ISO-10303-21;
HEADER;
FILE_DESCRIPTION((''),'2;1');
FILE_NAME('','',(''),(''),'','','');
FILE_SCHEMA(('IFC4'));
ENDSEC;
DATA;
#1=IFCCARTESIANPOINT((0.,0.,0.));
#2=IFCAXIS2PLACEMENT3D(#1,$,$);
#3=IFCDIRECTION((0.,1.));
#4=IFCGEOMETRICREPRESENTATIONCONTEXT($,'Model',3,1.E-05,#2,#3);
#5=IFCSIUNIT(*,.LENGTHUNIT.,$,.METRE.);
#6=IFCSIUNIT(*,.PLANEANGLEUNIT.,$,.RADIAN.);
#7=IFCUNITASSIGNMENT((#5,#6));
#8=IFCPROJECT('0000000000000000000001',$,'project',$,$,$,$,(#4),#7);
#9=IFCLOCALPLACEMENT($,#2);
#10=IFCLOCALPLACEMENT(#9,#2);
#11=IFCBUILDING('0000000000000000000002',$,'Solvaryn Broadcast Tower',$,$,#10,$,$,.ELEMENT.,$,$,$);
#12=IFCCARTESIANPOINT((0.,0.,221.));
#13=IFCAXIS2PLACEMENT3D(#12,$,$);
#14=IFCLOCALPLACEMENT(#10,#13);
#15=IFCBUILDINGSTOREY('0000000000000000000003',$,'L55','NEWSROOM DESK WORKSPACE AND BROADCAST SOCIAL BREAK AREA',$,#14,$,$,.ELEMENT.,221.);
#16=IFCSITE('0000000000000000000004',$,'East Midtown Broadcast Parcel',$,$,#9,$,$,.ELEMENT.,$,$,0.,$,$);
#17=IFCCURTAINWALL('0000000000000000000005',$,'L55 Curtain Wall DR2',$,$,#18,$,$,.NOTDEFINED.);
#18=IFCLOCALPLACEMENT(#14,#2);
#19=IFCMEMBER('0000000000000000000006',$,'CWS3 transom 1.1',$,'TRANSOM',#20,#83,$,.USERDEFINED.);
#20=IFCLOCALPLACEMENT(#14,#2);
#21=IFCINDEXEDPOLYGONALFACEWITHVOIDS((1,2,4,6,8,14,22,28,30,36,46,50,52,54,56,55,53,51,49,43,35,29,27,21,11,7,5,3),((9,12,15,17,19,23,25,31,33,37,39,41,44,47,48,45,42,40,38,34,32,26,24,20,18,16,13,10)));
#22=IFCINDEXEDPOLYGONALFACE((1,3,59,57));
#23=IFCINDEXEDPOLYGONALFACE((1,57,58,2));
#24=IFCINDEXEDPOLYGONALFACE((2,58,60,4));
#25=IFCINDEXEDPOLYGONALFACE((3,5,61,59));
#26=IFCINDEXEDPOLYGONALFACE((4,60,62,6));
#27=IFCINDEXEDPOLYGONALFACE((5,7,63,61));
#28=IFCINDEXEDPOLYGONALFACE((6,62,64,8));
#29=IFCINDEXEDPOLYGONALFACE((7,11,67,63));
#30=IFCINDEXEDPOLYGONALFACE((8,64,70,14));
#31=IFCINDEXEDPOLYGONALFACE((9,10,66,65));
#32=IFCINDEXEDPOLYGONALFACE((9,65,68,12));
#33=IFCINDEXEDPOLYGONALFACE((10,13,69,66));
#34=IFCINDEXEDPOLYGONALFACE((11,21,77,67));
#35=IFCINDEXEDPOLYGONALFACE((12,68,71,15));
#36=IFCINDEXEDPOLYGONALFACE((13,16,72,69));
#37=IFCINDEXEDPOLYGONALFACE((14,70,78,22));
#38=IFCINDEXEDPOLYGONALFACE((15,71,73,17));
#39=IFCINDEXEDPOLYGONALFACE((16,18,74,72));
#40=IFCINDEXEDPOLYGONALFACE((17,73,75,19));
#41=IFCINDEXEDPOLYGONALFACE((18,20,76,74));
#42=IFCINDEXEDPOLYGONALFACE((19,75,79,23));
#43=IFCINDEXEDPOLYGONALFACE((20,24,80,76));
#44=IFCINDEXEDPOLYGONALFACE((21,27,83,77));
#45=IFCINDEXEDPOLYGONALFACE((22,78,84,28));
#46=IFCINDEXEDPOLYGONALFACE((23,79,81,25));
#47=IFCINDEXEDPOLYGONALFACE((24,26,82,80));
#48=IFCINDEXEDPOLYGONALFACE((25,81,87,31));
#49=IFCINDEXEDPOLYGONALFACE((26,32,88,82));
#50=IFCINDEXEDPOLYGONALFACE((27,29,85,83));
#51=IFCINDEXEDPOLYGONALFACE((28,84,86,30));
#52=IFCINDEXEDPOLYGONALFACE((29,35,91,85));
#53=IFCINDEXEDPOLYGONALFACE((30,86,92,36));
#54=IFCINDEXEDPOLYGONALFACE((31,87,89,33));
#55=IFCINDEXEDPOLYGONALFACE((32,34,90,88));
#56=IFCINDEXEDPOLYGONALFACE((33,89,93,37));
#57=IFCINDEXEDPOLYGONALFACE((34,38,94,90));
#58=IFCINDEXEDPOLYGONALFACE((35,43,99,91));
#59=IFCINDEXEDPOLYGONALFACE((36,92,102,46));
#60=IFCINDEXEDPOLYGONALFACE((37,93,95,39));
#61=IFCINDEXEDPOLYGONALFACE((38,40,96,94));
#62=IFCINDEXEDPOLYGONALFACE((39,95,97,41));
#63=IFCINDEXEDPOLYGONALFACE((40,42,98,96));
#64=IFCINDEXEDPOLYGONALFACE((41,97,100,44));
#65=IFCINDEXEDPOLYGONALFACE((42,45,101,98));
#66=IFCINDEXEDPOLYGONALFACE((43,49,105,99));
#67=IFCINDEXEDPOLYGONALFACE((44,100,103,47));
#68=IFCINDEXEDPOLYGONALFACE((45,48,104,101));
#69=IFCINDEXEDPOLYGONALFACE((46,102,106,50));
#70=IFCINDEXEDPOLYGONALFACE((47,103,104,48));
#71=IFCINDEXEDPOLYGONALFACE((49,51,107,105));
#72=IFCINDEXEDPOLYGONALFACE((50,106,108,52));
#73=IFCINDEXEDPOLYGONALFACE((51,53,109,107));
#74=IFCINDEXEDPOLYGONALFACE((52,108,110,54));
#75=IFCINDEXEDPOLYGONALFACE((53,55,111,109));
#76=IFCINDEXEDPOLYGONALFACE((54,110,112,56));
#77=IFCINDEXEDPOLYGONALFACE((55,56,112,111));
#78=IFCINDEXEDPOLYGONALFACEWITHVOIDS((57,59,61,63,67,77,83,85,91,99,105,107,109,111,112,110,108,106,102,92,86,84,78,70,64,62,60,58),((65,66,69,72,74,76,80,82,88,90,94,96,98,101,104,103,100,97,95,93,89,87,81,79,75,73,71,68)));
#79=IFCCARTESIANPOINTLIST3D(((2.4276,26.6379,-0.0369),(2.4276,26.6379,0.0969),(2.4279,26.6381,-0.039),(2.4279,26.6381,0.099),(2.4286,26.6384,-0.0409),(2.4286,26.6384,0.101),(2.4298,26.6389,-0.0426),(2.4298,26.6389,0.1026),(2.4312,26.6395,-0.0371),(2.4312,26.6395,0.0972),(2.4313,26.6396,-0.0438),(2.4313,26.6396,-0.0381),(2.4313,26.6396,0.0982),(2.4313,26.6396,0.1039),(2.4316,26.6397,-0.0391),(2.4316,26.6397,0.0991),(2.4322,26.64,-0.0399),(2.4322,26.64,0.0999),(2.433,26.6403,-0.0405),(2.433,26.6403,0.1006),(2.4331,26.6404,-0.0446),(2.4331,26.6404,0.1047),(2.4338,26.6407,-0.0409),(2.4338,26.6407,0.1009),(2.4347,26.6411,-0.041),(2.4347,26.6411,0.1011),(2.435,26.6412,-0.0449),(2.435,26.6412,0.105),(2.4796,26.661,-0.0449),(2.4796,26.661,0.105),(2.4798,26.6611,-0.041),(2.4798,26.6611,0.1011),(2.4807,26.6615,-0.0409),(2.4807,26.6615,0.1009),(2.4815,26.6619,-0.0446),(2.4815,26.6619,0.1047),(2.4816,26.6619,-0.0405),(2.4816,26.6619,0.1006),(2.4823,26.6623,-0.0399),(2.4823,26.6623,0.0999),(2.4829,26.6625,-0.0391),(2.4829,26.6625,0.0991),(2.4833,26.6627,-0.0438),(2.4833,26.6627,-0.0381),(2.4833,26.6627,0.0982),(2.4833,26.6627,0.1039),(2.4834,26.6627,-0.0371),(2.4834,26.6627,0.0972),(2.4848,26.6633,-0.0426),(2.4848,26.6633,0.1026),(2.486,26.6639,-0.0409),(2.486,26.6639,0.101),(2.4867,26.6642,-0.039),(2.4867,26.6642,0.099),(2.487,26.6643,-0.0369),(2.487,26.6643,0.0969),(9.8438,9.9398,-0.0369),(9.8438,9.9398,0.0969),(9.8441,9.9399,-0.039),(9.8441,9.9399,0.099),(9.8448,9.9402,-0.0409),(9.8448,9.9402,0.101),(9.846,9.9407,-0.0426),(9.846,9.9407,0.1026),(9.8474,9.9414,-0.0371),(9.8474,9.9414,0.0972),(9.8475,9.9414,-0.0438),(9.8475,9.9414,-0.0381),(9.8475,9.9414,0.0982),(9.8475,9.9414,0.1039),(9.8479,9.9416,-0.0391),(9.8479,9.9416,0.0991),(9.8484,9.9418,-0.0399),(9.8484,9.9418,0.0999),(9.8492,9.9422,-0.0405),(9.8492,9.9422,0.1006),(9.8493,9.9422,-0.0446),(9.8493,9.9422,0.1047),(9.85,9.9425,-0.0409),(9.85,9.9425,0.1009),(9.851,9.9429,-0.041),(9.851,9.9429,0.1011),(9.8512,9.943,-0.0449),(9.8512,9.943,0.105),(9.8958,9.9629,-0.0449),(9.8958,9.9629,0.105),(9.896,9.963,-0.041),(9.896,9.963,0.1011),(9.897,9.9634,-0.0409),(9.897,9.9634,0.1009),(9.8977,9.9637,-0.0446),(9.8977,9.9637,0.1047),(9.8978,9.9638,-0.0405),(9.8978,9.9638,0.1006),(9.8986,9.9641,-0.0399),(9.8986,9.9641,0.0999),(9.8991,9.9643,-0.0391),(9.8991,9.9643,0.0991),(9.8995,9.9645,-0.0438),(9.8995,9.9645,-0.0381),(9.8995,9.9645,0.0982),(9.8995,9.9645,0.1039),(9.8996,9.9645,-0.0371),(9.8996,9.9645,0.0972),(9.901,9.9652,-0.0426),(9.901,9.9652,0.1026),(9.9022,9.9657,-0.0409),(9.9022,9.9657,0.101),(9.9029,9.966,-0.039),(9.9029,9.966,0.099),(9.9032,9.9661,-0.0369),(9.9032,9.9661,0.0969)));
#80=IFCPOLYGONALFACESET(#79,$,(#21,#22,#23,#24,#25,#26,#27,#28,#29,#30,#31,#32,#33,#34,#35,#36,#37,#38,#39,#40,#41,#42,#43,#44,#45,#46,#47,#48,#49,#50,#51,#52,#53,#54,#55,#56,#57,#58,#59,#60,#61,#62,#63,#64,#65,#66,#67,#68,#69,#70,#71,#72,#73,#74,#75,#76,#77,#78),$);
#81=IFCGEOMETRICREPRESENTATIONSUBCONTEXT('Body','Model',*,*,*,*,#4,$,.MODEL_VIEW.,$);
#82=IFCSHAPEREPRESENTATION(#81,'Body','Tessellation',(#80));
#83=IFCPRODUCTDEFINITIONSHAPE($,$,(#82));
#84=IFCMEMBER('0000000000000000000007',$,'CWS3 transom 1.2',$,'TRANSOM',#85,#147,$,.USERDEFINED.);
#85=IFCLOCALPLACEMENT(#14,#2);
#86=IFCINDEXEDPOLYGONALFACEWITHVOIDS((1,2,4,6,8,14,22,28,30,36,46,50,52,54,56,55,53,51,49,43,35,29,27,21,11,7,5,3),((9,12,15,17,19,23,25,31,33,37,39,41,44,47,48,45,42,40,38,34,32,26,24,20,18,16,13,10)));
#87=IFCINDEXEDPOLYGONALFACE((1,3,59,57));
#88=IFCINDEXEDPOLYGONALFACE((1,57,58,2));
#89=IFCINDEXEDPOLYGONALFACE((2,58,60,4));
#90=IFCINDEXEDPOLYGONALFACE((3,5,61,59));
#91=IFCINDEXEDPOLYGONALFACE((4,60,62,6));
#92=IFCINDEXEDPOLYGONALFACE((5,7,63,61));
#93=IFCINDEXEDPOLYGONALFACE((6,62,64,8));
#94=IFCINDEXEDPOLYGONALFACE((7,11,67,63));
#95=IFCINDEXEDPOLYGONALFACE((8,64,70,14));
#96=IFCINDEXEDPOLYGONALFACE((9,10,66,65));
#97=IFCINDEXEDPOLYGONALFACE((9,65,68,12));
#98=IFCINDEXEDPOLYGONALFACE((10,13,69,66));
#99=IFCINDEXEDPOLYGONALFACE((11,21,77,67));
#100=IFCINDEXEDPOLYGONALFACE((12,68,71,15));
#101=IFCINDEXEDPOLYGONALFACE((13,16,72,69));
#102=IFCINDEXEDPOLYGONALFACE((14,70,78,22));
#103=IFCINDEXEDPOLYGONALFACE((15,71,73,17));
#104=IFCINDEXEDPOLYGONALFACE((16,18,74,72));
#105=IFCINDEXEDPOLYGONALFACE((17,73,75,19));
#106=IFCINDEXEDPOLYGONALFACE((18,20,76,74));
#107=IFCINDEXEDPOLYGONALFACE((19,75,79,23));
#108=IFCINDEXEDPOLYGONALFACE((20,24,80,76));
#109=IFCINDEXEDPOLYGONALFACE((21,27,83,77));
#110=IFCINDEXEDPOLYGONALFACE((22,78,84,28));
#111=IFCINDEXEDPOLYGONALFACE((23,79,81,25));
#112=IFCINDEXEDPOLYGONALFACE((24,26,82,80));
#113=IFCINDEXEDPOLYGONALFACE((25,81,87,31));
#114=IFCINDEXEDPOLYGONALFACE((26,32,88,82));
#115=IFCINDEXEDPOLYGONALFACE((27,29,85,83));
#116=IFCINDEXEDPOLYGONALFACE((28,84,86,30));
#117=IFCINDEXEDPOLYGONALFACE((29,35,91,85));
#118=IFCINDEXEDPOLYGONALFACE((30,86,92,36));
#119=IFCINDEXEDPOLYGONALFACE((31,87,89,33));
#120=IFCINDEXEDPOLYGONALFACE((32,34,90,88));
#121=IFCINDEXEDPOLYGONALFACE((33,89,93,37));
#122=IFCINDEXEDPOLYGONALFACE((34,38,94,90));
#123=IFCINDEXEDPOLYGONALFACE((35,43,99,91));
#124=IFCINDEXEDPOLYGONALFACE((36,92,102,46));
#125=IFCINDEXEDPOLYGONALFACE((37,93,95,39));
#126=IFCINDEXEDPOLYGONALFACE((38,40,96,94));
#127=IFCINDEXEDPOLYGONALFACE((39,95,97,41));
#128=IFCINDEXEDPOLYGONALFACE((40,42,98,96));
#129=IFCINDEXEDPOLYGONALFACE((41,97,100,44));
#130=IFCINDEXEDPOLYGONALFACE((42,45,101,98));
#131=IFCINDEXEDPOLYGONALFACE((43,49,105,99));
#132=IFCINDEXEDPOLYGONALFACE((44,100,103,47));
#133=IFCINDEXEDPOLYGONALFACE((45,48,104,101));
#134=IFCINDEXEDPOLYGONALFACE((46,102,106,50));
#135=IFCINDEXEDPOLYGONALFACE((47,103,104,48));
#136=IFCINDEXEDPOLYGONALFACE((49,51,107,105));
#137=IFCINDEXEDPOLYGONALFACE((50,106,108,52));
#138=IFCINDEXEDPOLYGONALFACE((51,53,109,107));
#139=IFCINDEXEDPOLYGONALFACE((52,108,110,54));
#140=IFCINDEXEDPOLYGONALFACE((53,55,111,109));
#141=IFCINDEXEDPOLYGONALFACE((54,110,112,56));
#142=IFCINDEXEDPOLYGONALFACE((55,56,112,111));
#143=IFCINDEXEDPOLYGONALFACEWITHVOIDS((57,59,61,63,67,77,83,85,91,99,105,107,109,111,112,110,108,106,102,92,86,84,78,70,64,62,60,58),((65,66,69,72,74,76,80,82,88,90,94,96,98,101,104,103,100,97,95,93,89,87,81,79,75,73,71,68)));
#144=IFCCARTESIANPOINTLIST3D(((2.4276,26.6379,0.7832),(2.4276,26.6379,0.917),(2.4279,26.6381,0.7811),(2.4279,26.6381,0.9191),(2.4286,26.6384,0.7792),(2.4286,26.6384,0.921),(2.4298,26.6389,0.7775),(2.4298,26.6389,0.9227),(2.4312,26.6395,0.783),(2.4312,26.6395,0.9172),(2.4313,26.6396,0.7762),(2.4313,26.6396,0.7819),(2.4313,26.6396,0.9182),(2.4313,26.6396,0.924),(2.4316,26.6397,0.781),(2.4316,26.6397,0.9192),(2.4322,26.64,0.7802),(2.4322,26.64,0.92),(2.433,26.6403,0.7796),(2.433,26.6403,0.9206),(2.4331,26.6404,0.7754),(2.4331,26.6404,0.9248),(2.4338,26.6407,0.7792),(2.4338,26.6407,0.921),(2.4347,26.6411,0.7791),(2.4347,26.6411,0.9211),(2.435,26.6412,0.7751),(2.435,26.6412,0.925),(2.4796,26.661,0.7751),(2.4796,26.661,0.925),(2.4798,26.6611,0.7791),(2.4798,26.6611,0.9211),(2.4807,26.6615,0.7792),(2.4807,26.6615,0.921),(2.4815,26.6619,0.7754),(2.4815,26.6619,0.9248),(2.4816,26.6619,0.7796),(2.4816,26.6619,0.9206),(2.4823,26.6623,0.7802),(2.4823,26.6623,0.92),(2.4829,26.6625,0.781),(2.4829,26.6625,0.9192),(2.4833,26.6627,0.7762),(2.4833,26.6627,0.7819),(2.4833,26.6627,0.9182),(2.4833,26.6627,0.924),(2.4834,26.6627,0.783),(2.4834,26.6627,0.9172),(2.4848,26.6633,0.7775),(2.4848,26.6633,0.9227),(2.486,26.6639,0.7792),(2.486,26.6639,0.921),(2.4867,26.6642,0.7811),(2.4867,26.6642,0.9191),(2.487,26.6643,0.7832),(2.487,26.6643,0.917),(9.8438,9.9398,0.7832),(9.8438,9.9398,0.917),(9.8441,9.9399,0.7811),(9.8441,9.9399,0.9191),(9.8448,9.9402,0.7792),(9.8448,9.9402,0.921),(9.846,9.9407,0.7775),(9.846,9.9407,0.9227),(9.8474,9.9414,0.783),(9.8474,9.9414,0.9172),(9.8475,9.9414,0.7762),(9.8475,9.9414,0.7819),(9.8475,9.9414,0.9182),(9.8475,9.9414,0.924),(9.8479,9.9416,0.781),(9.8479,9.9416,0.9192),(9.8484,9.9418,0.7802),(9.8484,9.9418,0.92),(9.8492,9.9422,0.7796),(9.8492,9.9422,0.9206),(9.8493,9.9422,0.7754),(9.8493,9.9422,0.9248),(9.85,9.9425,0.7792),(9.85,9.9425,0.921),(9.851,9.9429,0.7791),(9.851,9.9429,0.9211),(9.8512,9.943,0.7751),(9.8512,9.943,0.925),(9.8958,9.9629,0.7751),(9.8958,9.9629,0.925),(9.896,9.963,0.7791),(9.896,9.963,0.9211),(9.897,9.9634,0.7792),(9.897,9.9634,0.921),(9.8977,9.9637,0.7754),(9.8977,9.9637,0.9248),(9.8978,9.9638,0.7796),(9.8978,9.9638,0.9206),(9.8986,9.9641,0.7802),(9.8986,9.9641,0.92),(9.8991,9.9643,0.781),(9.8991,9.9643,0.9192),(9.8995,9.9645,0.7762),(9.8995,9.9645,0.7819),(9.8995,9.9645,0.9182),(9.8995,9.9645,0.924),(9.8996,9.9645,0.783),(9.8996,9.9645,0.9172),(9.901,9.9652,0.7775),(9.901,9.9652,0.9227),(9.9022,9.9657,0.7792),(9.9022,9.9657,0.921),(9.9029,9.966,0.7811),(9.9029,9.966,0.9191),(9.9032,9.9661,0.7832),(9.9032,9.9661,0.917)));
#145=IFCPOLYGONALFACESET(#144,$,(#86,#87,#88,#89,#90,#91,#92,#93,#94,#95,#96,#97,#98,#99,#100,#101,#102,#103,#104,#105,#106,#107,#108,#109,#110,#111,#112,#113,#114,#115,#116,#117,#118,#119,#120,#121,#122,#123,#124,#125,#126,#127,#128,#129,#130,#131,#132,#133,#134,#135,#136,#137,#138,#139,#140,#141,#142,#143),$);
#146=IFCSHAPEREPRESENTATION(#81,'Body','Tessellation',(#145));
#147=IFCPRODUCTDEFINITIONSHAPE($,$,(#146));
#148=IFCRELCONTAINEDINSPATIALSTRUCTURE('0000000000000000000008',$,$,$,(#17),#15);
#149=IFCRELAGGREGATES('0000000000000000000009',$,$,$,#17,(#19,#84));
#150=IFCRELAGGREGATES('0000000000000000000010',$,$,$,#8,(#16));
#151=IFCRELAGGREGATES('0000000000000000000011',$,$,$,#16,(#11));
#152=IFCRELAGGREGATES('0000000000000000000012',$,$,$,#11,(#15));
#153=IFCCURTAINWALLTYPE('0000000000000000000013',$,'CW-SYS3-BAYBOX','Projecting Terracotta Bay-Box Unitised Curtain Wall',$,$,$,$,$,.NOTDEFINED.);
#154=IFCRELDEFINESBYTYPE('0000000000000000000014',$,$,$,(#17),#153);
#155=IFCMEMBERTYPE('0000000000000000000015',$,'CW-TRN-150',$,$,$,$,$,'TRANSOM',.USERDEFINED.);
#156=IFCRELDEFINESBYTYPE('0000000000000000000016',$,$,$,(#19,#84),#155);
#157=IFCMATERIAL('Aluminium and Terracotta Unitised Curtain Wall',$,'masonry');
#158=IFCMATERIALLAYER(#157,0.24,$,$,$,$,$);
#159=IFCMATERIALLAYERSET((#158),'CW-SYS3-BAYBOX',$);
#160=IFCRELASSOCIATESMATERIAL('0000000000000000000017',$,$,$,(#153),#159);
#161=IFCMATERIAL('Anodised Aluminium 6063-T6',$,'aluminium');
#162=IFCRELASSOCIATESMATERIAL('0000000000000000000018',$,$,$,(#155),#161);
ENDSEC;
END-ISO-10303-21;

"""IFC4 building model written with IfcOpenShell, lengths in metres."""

from ifc_helpers import new_model, si_unit, direction, frame, origin, origin_2d, place, context, subcontext, project, spatial, hollow_rectangle, extrude, material, layer, layer_set, material_profile, profile_set, type_object, element, aggregate, save


model = new_model("IFC4")

# Units and contexts
model_context = context("Model", 3, precision=1e-05, world=origin(), true_north=direction((0.0, 1.0)))
body_context = subcontext(model_context, "Body", "Model", "MODEL_VIEW")
ifc_project = project(units=[si_unit("LENGTHUNIT", "METRE"), si_unit("PLANEANGLEUNIT", "RADIAN")], contexts=[model_context])

# Site, building, storey
site_placement = place(None, origin())
site = spatial("IfcSite", under=ifc_project, at=site_placement, Name="East Midtown Broadcast Parcel", CompositionType="ELEMENT", RefElevation=0.0)
building_placement = place(site_placement, origin())
building = spatial("IfcBuilding", under=site, at=building_placement, Name="Solvaryn Broadcast Tower", CompositionType="ELEMENT")
storey_placement = place(building_placement, frame((0.0, 0.0, 221.0)))
storey = spatial("IfcBuildingStorey", under=building, at=storey_placement, Name="L55", Description="NEWSROOM DESK WORKSPACE AND BROADCAST SOCIAL BREAK AREA", CompositionType="ELEMENT", Elevation=221.0)

# Curtain wall, members
ifc_material_1 = material(Name="Aluminium and Terracotta Unitised Curtain Wall", Category="masonry")
ifc_layer_1 = layer(ifc_material_1, 0.24)
ifc_layer_set_1 = layer_set([ifc_layer_1], Name="CW-SYS3-BAYBOX")
curtain_wall_type_1 = type_object("IfcCurtainWallType", Name="CW-SYS3-BAYBOX", Description="Projecting Terracotta Bay-Box Unitised Curtain Wall", PredefinedType="NOTDEFINED", material=ifc_layer_set_1)
curtain_wall_1_placement = place(storey_placement, origin())
curtain_wall_1 = element("IfcCurtainWall", 1, at=curtain_wall_1_placement, inside=storey, type_object=curtain_wall_type_1, Name="L55 Curtain Wall DR2", PredefinedType="NOTDEFINED")
ifc_material_2 = material(Name="Anodised Aluminium 6063-T6", Category="aluminium")
ifc_material_profile_1 = material_profile(ifc_material_2, hollow_rectangle(XDim=0.0649, YDim=0.1499, WallThickness=0.0039, InnerFilletRadius=0.0039, OuterFilletRadius=0.0081, at=origin_2d()))
ifc_profile_set_1 = profile_set([ifc_material_profile_1], Name="Anodised Aluminium 6063-T6")
member_type_1 = type_object("IfcMemberType", Name="CW-TRN-150", ElementType="TRANSOM", PredefinedType="USERDEFINED", material=ifc_profile_set_1)
member_1_placement = place(storey_placement, frame((2.4573, 26.6511, 0.03), z_axis=(0.405902, -0.913917, 0.0), x_axis=(0.913917, 0.405902, 0.0)))
member_1 = element("IfcMember", 2, at=member_1_placement, type_object=member_type_1, Name="CWS3 transom 1.1", ObjectType="TRANSOM", PredefinedType="USERDEFINED", context=body_context, shape_type="SweptSolid", body=[
    extrude(hollow_rectangle(XDim=0.0649, YDim=0.1499, WallThickness=0.0039, InnerFilletRadius=0.0039, OuterFilletRadius=0.0081, at=origin_2d()), origin(), (0.0, 0.0, 1.0), 18.271),
])
member_2_placement = place(storey_placement, frame((2.4573, 26.6511, 0.8501), z_axis=(0.405902, -0.913917, 0.0), x_axis=(0.913917, 0.405902, 0.0)))
member_2 = element("IfcMember", 3, at=member_2_placement, type_object=member_type_1, Name="CWS3 transom 1.2", ObjectType="TRANSOM", PredefinedType="USERDEFINED", context=body_context, shape_type="SweptSolid", body=[
    extrude(hollow_rectangle(XDim=0.0649, YDim=0.1499, WallThickness=0.0039, InnerFilletRadius=0.0039, OuterFilletRadius=0.0081, at=origin_2d()), origin(), (0.0, 0.0, 1.0), 18.271),
])
aggregate(curtain_wall_1, [member_1, member_2])

save(model, "model.ifc")
